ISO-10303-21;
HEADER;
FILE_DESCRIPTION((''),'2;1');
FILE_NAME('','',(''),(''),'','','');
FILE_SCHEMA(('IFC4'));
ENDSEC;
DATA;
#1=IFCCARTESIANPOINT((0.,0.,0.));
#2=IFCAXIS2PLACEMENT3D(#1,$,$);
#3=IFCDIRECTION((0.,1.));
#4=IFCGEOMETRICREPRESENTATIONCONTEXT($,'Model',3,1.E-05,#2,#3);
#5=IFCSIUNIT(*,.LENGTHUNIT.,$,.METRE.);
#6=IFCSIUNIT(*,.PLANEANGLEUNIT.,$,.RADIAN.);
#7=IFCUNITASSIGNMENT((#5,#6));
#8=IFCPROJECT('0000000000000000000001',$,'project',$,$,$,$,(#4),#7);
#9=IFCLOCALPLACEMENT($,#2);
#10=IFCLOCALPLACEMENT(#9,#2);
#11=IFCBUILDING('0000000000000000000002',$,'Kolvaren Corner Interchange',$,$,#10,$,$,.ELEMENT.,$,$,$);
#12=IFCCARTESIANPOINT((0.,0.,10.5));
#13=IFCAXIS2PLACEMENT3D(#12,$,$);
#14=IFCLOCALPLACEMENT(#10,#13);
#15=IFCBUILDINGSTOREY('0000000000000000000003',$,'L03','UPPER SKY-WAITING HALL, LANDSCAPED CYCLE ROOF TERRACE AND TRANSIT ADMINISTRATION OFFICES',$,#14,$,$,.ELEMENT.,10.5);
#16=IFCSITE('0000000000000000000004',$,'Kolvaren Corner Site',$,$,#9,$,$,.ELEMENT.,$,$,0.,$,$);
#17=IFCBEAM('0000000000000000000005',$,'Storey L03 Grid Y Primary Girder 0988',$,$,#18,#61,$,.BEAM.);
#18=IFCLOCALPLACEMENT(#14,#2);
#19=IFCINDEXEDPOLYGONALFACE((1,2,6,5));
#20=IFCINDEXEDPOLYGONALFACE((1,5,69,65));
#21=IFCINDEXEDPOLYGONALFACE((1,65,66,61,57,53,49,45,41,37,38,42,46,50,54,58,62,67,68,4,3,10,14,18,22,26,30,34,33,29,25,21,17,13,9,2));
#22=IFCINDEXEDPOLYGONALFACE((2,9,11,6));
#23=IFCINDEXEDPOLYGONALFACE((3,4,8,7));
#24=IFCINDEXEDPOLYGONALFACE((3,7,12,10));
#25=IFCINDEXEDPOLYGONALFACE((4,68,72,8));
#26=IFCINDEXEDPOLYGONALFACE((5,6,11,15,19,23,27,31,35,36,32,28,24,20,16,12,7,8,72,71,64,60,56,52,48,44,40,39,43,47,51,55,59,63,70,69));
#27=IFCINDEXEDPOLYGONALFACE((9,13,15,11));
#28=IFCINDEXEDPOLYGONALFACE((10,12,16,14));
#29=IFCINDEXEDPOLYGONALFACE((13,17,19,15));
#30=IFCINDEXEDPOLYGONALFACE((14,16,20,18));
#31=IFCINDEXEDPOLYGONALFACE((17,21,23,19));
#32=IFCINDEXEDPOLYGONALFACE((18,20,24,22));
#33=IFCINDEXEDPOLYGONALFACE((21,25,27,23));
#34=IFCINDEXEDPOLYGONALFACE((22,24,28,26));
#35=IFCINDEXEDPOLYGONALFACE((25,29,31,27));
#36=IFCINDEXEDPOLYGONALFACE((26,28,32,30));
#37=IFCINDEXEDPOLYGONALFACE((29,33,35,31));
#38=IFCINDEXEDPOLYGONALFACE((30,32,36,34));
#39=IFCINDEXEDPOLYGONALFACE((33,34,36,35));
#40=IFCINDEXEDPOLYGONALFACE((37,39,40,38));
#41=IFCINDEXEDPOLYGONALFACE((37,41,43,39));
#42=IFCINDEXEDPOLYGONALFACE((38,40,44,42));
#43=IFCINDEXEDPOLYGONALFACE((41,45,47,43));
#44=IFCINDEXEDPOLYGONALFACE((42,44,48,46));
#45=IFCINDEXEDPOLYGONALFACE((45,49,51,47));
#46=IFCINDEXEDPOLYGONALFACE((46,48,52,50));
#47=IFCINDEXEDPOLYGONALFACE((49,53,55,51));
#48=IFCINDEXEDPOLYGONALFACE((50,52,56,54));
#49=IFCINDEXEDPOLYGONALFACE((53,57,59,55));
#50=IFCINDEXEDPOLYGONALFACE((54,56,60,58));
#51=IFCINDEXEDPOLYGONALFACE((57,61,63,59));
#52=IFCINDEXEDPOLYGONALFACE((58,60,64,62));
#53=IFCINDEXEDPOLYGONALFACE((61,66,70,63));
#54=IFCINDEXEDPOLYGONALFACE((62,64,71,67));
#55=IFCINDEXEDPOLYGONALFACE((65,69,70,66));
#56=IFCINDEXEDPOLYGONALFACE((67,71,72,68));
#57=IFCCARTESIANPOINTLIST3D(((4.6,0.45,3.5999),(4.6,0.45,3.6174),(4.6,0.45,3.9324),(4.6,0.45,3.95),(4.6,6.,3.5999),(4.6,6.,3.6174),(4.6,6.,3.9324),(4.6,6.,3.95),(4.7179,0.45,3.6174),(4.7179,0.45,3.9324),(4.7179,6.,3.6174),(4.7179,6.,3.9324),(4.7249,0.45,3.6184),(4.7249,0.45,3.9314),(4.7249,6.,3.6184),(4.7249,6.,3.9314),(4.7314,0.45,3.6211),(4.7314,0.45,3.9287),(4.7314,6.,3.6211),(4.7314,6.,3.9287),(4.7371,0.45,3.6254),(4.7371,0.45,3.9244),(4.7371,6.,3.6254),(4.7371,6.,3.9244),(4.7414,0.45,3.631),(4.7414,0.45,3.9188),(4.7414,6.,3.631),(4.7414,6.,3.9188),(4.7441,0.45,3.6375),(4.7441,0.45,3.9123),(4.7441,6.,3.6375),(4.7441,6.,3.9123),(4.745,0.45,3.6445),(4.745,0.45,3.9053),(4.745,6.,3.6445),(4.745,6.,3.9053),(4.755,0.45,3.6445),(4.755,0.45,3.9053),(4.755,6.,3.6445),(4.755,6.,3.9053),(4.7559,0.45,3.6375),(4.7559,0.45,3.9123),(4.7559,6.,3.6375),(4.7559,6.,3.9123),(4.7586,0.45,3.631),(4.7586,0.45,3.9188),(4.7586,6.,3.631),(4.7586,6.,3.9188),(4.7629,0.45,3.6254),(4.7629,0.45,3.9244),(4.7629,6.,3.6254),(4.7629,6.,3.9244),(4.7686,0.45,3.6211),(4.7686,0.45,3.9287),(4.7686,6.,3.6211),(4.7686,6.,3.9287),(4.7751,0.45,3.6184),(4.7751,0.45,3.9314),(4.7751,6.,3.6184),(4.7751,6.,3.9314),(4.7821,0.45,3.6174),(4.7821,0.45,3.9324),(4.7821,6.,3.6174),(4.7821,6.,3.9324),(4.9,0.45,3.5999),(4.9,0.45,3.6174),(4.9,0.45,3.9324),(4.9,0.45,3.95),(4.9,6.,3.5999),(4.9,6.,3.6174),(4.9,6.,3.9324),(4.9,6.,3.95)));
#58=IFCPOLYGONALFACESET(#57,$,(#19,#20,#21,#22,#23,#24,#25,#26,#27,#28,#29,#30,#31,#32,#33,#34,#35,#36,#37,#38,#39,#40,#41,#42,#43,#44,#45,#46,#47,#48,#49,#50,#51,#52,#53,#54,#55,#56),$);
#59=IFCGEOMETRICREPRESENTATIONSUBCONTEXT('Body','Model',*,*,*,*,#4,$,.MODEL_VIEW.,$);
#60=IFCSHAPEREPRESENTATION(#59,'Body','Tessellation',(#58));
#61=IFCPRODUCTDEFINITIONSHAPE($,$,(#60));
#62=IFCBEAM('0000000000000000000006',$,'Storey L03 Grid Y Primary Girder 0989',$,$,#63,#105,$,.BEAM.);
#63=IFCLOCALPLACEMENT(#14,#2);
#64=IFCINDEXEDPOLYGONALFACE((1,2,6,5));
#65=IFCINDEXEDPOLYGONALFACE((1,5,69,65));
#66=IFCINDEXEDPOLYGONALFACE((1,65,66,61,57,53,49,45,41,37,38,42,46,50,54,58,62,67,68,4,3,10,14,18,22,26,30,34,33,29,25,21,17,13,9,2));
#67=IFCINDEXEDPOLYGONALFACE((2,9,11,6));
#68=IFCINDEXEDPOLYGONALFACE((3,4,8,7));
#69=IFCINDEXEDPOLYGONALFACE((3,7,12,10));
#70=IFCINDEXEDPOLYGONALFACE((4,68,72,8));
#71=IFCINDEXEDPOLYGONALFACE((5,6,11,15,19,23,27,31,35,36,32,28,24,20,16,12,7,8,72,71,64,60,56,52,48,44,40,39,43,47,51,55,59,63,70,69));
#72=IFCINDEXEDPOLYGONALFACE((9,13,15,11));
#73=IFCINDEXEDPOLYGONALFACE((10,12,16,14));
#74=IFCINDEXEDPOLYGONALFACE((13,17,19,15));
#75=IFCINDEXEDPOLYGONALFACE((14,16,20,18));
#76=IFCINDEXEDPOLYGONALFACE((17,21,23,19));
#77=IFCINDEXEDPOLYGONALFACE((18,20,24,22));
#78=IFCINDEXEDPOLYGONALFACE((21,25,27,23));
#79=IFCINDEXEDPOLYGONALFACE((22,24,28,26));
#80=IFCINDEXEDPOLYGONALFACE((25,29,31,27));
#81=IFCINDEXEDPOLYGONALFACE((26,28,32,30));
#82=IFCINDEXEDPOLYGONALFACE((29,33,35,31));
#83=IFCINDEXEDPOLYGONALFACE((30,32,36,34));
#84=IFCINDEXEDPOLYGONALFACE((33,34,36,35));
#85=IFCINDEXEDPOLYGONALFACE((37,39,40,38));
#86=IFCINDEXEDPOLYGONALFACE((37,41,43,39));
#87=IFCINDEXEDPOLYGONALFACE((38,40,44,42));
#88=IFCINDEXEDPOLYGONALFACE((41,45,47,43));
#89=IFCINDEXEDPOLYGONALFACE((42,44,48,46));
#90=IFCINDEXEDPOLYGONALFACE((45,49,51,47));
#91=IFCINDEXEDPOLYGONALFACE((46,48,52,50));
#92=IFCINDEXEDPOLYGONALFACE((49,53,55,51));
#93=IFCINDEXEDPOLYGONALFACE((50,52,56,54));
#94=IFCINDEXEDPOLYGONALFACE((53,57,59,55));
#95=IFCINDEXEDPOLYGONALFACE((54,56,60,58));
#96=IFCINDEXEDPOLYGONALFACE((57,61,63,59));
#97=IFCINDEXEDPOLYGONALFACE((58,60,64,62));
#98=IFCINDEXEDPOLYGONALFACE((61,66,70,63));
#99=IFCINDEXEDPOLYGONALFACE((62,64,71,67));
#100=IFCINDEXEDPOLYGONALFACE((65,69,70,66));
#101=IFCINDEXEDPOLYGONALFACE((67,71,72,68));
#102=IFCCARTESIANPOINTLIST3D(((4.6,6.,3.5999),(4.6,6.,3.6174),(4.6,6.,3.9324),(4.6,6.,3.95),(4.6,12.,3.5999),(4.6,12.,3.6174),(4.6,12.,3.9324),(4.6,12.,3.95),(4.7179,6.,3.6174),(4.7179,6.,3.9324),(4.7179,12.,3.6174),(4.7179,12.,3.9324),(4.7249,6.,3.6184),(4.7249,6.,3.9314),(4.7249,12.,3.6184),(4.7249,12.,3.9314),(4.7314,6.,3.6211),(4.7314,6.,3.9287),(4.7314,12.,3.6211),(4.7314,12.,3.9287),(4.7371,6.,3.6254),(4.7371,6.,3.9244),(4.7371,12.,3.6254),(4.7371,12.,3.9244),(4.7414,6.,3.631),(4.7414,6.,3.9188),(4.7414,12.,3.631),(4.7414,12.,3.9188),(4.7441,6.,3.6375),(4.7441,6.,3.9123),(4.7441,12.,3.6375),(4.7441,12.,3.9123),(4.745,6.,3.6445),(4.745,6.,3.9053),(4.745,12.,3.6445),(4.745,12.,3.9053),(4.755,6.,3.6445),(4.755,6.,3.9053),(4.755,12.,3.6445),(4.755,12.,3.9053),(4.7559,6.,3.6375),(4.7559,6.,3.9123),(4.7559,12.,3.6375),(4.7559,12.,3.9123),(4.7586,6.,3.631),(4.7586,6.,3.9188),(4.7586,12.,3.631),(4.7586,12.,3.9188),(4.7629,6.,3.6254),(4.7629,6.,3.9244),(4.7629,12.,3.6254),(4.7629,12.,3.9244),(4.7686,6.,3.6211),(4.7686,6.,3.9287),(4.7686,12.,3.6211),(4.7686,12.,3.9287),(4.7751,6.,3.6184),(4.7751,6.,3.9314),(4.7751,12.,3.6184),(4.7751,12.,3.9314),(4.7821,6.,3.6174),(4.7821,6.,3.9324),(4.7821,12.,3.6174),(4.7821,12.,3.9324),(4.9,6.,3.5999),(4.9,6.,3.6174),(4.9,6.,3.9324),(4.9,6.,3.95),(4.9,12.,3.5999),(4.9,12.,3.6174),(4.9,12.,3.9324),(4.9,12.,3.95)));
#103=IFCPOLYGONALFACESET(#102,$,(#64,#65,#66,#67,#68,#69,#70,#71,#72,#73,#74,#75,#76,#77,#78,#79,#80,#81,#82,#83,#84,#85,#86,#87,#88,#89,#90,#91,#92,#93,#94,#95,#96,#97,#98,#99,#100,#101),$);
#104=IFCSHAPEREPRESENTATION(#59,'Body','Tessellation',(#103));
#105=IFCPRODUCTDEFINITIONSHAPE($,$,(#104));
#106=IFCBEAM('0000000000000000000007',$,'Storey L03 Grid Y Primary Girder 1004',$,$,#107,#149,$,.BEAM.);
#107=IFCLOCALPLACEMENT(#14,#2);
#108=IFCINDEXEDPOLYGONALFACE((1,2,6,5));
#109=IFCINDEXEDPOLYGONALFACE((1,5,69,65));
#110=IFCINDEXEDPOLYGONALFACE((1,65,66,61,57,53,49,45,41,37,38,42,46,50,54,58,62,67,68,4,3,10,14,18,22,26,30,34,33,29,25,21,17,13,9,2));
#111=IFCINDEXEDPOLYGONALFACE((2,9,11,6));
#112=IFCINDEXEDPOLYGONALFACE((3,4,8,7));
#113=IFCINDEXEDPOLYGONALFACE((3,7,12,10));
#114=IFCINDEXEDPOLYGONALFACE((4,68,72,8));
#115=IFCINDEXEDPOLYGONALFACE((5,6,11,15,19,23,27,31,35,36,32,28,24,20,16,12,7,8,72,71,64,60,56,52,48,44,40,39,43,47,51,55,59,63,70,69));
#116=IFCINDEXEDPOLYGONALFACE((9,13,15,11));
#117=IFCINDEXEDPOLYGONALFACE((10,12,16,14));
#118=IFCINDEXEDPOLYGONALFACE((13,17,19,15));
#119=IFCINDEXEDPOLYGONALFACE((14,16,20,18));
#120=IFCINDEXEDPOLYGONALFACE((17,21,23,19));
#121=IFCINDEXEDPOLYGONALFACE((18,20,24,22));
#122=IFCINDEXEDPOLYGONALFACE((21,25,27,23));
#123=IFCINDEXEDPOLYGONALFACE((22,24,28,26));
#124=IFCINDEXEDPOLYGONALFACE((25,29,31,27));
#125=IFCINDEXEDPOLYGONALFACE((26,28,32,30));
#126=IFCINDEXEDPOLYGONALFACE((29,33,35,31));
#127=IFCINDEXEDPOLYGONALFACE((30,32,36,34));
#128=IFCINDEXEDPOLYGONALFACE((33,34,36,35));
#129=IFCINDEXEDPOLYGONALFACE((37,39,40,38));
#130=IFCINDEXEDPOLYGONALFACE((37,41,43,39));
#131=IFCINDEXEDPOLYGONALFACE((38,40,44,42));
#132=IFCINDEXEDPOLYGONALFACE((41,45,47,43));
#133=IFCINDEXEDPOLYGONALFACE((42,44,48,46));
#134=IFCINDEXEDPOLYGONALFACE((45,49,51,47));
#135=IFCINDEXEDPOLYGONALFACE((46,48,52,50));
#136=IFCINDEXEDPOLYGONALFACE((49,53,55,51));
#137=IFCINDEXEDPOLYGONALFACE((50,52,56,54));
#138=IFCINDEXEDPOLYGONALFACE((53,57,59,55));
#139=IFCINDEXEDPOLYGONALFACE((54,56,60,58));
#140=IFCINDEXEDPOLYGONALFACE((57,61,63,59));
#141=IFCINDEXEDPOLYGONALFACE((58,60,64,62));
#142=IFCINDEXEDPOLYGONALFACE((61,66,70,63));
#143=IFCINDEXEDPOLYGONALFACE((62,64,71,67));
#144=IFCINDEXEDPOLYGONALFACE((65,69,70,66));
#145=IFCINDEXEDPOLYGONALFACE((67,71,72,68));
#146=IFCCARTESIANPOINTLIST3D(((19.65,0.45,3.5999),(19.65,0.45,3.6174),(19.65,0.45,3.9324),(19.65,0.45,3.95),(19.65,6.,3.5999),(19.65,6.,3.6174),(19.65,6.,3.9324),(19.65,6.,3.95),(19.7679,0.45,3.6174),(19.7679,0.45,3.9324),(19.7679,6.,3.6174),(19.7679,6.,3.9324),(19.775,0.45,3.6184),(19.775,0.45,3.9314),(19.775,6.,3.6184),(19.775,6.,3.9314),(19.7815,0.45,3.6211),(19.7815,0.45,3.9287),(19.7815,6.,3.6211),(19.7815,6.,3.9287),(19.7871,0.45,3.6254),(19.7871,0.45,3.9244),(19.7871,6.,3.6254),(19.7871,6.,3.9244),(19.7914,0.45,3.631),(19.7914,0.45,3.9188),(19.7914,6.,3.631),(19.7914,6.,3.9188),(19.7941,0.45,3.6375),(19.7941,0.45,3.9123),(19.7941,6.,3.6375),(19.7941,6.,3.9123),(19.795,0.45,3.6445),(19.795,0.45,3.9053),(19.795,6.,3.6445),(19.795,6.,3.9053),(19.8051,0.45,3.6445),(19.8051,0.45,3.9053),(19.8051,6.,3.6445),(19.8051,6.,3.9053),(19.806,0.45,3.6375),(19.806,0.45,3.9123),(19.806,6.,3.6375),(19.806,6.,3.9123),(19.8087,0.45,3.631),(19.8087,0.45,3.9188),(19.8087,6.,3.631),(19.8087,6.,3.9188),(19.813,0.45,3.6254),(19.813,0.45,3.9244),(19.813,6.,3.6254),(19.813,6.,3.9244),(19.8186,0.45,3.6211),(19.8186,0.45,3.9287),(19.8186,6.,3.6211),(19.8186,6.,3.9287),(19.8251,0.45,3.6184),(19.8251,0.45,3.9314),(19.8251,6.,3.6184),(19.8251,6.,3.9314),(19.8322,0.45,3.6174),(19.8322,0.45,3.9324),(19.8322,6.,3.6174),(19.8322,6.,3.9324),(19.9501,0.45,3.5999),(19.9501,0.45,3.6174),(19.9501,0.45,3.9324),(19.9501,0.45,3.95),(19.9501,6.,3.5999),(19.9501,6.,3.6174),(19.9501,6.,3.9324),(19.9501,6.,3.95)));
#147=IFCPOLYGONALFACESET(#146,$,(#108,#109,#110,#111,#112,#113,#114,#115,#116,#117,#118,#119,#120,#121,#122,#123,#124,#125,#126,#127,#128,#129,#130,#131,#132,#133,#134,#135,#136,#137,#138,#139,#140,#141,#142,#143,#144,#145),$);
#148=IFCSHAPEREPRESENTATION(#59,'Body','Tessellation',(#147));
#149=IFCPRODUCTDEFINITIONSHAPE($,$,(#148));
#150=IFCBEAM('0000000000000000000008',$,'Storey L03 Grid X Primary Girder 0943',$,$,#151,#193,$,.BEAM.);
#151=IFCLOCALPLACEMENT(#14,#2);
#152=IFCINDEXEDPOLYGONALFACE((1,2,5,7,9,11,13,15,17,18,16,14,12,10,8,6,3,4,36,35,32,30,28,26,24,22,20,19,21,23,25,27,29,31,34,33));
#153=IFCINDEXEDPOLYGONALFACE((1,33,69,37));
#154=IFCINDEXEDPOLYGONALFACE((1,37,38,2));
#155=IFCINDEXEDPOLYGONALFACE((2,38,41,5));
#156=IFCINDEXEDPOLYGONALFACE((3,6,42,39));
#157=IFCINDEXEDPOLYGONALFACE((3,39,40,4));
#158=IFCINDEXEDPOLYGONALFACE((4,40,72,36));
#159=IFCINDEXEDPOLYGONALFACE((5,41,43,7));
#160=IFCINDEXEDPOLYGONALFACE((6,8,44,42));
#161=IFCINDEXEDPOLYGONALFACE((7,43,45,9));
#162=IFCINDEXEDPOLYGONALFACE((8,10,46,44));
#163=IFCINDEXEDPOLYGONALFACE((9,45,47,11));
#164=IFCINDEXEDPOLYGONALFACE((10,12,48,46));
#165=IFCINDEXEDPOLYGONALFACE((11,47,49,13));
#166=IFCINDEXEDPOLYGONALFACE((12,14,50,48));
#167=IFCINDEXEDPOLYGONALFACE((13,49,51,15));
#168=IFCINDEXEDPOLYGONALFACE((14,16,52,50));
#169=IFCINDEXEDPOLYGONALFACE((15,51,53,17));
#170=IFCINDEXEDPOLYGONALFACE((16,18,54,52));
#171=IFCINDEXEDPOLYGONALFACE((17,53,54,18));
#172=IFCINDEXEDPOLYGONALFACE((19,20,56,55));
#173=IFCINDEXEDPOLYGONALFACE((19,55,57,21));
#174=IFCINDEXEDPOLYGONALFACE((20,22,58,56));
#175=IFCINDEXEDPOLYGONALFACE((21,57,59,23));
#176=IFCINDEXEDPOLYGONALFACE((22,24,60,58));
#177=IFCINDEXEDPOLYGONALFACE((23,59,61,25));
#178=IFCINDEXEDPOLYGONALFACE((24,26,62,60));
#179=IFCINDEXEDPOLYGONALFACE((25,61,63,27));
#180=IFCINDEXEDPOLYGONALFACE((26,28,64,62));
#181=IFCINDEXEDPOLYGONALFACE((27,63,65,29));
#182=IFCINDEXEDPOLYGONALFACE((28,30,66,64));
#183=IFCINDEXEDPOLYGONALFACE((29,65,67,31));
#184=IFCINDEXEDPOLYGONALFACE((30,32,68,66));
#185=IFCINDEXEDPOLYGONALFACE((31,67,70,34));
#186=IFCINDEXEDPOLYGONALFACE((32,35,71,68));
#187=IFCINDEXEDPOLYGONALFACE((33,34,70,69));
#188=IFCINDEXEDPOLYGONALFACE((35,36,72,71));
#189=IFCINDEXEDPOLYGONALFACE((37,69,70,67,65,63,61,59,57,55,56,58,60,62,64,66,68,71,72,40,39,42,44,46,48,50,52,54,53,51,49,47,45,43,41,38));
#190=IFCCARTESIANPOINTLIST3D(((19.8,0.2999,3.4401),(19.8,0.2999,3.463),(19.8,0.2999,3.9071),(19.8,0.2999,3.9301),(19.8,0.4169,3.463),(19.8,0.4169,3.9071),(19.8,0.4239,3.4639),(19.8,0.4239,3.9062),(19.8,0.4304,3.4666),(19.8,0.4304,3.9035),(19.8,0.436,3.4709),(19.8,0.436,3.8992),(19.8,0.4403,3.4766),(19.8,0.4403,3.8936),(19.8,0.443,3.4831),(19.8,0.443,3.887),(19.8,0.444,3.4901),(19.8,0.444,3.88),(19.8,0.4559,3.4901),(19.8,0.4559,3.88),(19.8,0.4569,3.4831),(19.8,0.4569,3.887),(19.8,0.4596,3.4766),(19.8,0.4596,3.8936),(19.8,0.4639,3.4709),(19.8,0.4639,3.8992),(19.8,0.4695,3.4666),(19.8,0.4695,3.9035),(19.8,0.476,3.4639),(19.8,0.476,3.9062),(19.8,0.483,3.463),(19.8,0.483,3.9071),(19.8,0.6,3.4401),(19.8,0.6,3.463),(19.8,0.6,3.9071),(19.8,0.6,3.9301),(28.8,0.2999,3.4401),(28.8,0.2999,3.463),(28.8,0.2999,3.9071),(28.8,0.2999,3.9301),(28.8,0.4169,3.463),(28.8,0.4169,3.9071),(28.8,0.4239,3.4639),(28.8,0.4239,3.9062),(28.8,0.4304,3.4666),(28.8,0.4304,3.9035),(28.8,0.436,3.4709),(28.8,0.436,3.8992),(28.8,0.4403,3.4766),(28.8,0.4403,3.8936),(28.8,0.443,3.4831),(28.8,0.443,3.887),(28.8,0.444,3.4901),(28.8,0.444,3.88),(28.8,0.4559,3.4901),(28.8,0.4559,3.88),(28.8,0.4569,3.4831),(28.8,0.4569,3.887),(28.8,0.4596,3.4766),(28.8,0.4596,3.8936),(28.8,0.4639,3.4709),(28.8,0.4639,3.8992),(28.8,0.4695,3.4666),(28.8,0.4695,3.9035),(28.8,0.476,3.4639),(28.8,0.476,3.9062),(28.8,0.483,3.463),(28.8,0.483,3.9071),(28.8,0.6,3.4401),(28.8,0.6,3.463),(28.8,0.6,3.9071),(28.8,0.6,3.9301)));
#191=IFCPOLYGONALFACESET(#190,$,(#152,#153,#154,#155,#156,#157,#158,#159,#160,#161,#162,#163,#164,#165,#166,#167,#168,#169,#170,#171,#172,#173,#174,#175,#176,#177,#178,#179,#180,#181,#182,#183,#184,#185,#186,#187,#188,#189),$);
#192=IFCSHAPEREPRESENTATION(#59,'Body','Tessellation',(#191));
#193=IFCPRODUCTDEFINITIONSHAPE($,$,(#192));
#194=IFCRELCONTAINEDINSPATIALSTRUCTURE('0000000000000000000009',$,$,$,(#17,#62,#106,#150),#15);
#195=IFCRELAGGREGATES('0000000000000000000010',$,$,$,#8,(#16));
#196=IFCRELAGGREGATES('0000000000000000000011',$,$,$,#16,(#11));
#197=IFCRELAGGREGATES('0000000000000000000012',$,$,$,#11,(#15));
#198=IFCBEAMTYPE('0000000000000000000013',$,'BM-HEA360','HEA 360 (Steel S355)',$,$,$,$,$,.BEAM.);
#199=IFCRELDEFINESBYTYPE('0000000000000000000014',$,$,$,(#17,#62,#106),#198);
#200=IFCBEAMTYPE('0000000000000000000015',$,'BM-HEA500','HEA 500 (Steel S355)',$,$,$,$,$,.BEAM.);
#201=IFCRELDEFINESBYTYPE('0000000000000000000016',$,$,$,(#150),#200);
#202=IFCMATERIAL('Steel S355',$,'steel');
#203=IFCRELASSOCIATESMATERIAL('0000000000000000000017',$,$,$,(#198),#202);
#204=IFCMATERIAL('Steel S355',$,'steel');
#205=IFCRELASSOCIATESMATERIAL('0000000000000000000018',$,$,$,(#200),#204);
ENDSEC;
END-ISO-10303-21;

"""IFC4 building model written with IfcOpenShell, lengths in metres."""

from ifc_helpers import new_model, si_unit, direction, frame, origin, origin_2d, place, context, subcontext, project, spatial, i_section, extrude, material, material_profile, profile_set, type_object, element, save


model = new_model("IFC4")

# Units and contexts
model_context = context("Model", 3, precision=1e-05, world=origin(), true_north=direction((0.0, 1.0)))
body_context = subcontext(model_context, "Body", "Model", "MODEL_VIEW")
ifc_project = project(units=[si_unit("LENGTHUNIT", "METRE"), si_unit("PLANEANGLEUNIT", "RADIAN")], contexts=[model_context])

# Site, building, storey
site_placement = place(None, origin())
site = spatial("IfcSite", under=ifc_project, at=site_placement, Name="Kolvaren Corner Site", CompositionType="ELEMENT", RefElevation=0.0)
building_placement = place(site_placement, origin())
building = spatial("IfcBuilding", under=site, at=building_placement, Name="Kolvaren Corner Interchange", CompositionType="ELEMENT")
storey_placement = place(building_placement, frame((0.0, 0.0, 10.5)))
storey = spatial("IfcBuildingStorey", under=building, at=storey_placement, Name="L03", Description="UPPER SKY-WAITING HALL, LANDSCAPED CYCLE ROOF TERRACE AND TRANSIT ADMINISTRATION OFFICES", CompositionType="ELEMENT", Elevation=10.5)

# Beams
ifc_material_1 = material(Name="Steel S355", Category="steel")
ifc_material_profile_1 = material_profile(ifc_material_1, i_section(OverallWidth=0.3, OverallDepth=0.3501, WebThickness=0.01, FlangeThickness=0.0176, FilletRadius=0.0271, at=origin_2d()), Name="HEA 360")
ifc_profile_set_1 = profile_set([ifc_material_profile_1], Name="Steel S355")
beam_type_1 = type_object("IfcBeamType", Name="BM-HEA360", Description="HEA 360 (Steel S355)", PredefinedType="BEAM", material=ifc_profile_set_1)
beam_1_placement = place(storey_placement, frame((4.75, 0.45, 3.7749), z_axis=(0.0, 1.0, 0.0), x_axis=(-1.0, 0.0, 0.0)))
element("IfcBeam", 1, at=beam_1_placement, inside=storey, type_object=beam_type_1, Name="Storey L03 Grid Y Primary Girder 0988", PredefinedType="BEAM", context=body_context, shape_type="SweptSolid", body=[
    extrude(i_section(OverallWidth=0.3, OverallDepth=0.3501, WebThickness=0.01, FlangeThickness=0.0176, FilletRadius=0.0271, at=origin_2d()), origin(), (0.0, 0.0, 1.0), 5.55),
])
beam_2_placement = place(storey_placement, frame((4.75, 6.0, 3.7749), z_axis=(0.0, 1.0, 0.0), x_axis=(-1.0, 0.0, 0.0)))
element("IfcBeam", 2, at=beam_2_placement, inside=storey, type_object=beam_type_1, Name="Storey L03 Grid Y Primary Girder 0989", PredefinedType="BEAM", context=body_context, shape_type="SweptSolid", body=[
    extrude(i_section(OverallWidth=0.3, OverallDepth=0.3501, WebThickness=0.01, FlangeThickness=0.0176, FilletRadius=0.0271, at=origin_2d()), origin(), (0.0, 0.0, 1.0), 6.0),
])
beam_3_placement = place(storey_placement, frame((19.8, 0.45, 3.7749), z_axis=(0.0, 1.0, 0.0), x_axis=(-1.0, 0.0, 0.0)))
element("IfcBeam", 3, at=beam_3_placement, inside=storey, type_object=beam_type_1, Name="Storey L03 Grid Y Primary Girder 1004", PredefinedType="BEAM", context=body_context, shape_type="SweptSolid", body=[
    extrude(i_section(OverallWidth=0.3, OverallDepth=0.3501, WebThickness=0.01, FlangeThickness=0.0176, FilletRadius=0.0271, at=origin_2d()), origin(), (0.0, 0.0, 1.0), 5.55),
])
ifc_material_2 = material(Name="Steel S355", Category="steel")
ifc_material_profile_2 = material_profile(ifc_material_2, i_section(OverallWidth=0.3, OverallDepth=0.49, WebThickness=0.012, FlangeThickness=0.0229, FilletRadius=0.0271, at=origin_2d()), Name="HEA 500")
ifc_profile_set_2 = profile_set([ifc_material_profile_2], Name="Steel S355")
beam_type_2 = type_object("IfcBeamType", Name="BM-HEA500", Description="HEA 500 (Steel S355)", PredefinedType="BEAM", material=ifc_profile_set_2)
beam_4_placement = place(storey_placement, frame((19.8, 0.45, 3.6851), z_axis=(1.0, 0.0, 0.0), x_axis=(0.0, 1.0, 0.0)))
element("IfcBeam", 4, at=beam_4_placement, inside=storey, type_object=beam_type_2, Name="Storey L03 Grid X Primary Girder 0943", PredefinedType="BEAM", context=body_context, shape_type="SweptSolid", body=[
    extrude(i_section(OverallWidth=0.3, OverallDepth=0.49, WebThickness=0.012, FlangeThickness=0.0229, FilletRadius=0.0271, at=origin_2d()), origin(), (0.0, 0.0, 1.0), 9.0),
])

save(model, "model.ifc")
